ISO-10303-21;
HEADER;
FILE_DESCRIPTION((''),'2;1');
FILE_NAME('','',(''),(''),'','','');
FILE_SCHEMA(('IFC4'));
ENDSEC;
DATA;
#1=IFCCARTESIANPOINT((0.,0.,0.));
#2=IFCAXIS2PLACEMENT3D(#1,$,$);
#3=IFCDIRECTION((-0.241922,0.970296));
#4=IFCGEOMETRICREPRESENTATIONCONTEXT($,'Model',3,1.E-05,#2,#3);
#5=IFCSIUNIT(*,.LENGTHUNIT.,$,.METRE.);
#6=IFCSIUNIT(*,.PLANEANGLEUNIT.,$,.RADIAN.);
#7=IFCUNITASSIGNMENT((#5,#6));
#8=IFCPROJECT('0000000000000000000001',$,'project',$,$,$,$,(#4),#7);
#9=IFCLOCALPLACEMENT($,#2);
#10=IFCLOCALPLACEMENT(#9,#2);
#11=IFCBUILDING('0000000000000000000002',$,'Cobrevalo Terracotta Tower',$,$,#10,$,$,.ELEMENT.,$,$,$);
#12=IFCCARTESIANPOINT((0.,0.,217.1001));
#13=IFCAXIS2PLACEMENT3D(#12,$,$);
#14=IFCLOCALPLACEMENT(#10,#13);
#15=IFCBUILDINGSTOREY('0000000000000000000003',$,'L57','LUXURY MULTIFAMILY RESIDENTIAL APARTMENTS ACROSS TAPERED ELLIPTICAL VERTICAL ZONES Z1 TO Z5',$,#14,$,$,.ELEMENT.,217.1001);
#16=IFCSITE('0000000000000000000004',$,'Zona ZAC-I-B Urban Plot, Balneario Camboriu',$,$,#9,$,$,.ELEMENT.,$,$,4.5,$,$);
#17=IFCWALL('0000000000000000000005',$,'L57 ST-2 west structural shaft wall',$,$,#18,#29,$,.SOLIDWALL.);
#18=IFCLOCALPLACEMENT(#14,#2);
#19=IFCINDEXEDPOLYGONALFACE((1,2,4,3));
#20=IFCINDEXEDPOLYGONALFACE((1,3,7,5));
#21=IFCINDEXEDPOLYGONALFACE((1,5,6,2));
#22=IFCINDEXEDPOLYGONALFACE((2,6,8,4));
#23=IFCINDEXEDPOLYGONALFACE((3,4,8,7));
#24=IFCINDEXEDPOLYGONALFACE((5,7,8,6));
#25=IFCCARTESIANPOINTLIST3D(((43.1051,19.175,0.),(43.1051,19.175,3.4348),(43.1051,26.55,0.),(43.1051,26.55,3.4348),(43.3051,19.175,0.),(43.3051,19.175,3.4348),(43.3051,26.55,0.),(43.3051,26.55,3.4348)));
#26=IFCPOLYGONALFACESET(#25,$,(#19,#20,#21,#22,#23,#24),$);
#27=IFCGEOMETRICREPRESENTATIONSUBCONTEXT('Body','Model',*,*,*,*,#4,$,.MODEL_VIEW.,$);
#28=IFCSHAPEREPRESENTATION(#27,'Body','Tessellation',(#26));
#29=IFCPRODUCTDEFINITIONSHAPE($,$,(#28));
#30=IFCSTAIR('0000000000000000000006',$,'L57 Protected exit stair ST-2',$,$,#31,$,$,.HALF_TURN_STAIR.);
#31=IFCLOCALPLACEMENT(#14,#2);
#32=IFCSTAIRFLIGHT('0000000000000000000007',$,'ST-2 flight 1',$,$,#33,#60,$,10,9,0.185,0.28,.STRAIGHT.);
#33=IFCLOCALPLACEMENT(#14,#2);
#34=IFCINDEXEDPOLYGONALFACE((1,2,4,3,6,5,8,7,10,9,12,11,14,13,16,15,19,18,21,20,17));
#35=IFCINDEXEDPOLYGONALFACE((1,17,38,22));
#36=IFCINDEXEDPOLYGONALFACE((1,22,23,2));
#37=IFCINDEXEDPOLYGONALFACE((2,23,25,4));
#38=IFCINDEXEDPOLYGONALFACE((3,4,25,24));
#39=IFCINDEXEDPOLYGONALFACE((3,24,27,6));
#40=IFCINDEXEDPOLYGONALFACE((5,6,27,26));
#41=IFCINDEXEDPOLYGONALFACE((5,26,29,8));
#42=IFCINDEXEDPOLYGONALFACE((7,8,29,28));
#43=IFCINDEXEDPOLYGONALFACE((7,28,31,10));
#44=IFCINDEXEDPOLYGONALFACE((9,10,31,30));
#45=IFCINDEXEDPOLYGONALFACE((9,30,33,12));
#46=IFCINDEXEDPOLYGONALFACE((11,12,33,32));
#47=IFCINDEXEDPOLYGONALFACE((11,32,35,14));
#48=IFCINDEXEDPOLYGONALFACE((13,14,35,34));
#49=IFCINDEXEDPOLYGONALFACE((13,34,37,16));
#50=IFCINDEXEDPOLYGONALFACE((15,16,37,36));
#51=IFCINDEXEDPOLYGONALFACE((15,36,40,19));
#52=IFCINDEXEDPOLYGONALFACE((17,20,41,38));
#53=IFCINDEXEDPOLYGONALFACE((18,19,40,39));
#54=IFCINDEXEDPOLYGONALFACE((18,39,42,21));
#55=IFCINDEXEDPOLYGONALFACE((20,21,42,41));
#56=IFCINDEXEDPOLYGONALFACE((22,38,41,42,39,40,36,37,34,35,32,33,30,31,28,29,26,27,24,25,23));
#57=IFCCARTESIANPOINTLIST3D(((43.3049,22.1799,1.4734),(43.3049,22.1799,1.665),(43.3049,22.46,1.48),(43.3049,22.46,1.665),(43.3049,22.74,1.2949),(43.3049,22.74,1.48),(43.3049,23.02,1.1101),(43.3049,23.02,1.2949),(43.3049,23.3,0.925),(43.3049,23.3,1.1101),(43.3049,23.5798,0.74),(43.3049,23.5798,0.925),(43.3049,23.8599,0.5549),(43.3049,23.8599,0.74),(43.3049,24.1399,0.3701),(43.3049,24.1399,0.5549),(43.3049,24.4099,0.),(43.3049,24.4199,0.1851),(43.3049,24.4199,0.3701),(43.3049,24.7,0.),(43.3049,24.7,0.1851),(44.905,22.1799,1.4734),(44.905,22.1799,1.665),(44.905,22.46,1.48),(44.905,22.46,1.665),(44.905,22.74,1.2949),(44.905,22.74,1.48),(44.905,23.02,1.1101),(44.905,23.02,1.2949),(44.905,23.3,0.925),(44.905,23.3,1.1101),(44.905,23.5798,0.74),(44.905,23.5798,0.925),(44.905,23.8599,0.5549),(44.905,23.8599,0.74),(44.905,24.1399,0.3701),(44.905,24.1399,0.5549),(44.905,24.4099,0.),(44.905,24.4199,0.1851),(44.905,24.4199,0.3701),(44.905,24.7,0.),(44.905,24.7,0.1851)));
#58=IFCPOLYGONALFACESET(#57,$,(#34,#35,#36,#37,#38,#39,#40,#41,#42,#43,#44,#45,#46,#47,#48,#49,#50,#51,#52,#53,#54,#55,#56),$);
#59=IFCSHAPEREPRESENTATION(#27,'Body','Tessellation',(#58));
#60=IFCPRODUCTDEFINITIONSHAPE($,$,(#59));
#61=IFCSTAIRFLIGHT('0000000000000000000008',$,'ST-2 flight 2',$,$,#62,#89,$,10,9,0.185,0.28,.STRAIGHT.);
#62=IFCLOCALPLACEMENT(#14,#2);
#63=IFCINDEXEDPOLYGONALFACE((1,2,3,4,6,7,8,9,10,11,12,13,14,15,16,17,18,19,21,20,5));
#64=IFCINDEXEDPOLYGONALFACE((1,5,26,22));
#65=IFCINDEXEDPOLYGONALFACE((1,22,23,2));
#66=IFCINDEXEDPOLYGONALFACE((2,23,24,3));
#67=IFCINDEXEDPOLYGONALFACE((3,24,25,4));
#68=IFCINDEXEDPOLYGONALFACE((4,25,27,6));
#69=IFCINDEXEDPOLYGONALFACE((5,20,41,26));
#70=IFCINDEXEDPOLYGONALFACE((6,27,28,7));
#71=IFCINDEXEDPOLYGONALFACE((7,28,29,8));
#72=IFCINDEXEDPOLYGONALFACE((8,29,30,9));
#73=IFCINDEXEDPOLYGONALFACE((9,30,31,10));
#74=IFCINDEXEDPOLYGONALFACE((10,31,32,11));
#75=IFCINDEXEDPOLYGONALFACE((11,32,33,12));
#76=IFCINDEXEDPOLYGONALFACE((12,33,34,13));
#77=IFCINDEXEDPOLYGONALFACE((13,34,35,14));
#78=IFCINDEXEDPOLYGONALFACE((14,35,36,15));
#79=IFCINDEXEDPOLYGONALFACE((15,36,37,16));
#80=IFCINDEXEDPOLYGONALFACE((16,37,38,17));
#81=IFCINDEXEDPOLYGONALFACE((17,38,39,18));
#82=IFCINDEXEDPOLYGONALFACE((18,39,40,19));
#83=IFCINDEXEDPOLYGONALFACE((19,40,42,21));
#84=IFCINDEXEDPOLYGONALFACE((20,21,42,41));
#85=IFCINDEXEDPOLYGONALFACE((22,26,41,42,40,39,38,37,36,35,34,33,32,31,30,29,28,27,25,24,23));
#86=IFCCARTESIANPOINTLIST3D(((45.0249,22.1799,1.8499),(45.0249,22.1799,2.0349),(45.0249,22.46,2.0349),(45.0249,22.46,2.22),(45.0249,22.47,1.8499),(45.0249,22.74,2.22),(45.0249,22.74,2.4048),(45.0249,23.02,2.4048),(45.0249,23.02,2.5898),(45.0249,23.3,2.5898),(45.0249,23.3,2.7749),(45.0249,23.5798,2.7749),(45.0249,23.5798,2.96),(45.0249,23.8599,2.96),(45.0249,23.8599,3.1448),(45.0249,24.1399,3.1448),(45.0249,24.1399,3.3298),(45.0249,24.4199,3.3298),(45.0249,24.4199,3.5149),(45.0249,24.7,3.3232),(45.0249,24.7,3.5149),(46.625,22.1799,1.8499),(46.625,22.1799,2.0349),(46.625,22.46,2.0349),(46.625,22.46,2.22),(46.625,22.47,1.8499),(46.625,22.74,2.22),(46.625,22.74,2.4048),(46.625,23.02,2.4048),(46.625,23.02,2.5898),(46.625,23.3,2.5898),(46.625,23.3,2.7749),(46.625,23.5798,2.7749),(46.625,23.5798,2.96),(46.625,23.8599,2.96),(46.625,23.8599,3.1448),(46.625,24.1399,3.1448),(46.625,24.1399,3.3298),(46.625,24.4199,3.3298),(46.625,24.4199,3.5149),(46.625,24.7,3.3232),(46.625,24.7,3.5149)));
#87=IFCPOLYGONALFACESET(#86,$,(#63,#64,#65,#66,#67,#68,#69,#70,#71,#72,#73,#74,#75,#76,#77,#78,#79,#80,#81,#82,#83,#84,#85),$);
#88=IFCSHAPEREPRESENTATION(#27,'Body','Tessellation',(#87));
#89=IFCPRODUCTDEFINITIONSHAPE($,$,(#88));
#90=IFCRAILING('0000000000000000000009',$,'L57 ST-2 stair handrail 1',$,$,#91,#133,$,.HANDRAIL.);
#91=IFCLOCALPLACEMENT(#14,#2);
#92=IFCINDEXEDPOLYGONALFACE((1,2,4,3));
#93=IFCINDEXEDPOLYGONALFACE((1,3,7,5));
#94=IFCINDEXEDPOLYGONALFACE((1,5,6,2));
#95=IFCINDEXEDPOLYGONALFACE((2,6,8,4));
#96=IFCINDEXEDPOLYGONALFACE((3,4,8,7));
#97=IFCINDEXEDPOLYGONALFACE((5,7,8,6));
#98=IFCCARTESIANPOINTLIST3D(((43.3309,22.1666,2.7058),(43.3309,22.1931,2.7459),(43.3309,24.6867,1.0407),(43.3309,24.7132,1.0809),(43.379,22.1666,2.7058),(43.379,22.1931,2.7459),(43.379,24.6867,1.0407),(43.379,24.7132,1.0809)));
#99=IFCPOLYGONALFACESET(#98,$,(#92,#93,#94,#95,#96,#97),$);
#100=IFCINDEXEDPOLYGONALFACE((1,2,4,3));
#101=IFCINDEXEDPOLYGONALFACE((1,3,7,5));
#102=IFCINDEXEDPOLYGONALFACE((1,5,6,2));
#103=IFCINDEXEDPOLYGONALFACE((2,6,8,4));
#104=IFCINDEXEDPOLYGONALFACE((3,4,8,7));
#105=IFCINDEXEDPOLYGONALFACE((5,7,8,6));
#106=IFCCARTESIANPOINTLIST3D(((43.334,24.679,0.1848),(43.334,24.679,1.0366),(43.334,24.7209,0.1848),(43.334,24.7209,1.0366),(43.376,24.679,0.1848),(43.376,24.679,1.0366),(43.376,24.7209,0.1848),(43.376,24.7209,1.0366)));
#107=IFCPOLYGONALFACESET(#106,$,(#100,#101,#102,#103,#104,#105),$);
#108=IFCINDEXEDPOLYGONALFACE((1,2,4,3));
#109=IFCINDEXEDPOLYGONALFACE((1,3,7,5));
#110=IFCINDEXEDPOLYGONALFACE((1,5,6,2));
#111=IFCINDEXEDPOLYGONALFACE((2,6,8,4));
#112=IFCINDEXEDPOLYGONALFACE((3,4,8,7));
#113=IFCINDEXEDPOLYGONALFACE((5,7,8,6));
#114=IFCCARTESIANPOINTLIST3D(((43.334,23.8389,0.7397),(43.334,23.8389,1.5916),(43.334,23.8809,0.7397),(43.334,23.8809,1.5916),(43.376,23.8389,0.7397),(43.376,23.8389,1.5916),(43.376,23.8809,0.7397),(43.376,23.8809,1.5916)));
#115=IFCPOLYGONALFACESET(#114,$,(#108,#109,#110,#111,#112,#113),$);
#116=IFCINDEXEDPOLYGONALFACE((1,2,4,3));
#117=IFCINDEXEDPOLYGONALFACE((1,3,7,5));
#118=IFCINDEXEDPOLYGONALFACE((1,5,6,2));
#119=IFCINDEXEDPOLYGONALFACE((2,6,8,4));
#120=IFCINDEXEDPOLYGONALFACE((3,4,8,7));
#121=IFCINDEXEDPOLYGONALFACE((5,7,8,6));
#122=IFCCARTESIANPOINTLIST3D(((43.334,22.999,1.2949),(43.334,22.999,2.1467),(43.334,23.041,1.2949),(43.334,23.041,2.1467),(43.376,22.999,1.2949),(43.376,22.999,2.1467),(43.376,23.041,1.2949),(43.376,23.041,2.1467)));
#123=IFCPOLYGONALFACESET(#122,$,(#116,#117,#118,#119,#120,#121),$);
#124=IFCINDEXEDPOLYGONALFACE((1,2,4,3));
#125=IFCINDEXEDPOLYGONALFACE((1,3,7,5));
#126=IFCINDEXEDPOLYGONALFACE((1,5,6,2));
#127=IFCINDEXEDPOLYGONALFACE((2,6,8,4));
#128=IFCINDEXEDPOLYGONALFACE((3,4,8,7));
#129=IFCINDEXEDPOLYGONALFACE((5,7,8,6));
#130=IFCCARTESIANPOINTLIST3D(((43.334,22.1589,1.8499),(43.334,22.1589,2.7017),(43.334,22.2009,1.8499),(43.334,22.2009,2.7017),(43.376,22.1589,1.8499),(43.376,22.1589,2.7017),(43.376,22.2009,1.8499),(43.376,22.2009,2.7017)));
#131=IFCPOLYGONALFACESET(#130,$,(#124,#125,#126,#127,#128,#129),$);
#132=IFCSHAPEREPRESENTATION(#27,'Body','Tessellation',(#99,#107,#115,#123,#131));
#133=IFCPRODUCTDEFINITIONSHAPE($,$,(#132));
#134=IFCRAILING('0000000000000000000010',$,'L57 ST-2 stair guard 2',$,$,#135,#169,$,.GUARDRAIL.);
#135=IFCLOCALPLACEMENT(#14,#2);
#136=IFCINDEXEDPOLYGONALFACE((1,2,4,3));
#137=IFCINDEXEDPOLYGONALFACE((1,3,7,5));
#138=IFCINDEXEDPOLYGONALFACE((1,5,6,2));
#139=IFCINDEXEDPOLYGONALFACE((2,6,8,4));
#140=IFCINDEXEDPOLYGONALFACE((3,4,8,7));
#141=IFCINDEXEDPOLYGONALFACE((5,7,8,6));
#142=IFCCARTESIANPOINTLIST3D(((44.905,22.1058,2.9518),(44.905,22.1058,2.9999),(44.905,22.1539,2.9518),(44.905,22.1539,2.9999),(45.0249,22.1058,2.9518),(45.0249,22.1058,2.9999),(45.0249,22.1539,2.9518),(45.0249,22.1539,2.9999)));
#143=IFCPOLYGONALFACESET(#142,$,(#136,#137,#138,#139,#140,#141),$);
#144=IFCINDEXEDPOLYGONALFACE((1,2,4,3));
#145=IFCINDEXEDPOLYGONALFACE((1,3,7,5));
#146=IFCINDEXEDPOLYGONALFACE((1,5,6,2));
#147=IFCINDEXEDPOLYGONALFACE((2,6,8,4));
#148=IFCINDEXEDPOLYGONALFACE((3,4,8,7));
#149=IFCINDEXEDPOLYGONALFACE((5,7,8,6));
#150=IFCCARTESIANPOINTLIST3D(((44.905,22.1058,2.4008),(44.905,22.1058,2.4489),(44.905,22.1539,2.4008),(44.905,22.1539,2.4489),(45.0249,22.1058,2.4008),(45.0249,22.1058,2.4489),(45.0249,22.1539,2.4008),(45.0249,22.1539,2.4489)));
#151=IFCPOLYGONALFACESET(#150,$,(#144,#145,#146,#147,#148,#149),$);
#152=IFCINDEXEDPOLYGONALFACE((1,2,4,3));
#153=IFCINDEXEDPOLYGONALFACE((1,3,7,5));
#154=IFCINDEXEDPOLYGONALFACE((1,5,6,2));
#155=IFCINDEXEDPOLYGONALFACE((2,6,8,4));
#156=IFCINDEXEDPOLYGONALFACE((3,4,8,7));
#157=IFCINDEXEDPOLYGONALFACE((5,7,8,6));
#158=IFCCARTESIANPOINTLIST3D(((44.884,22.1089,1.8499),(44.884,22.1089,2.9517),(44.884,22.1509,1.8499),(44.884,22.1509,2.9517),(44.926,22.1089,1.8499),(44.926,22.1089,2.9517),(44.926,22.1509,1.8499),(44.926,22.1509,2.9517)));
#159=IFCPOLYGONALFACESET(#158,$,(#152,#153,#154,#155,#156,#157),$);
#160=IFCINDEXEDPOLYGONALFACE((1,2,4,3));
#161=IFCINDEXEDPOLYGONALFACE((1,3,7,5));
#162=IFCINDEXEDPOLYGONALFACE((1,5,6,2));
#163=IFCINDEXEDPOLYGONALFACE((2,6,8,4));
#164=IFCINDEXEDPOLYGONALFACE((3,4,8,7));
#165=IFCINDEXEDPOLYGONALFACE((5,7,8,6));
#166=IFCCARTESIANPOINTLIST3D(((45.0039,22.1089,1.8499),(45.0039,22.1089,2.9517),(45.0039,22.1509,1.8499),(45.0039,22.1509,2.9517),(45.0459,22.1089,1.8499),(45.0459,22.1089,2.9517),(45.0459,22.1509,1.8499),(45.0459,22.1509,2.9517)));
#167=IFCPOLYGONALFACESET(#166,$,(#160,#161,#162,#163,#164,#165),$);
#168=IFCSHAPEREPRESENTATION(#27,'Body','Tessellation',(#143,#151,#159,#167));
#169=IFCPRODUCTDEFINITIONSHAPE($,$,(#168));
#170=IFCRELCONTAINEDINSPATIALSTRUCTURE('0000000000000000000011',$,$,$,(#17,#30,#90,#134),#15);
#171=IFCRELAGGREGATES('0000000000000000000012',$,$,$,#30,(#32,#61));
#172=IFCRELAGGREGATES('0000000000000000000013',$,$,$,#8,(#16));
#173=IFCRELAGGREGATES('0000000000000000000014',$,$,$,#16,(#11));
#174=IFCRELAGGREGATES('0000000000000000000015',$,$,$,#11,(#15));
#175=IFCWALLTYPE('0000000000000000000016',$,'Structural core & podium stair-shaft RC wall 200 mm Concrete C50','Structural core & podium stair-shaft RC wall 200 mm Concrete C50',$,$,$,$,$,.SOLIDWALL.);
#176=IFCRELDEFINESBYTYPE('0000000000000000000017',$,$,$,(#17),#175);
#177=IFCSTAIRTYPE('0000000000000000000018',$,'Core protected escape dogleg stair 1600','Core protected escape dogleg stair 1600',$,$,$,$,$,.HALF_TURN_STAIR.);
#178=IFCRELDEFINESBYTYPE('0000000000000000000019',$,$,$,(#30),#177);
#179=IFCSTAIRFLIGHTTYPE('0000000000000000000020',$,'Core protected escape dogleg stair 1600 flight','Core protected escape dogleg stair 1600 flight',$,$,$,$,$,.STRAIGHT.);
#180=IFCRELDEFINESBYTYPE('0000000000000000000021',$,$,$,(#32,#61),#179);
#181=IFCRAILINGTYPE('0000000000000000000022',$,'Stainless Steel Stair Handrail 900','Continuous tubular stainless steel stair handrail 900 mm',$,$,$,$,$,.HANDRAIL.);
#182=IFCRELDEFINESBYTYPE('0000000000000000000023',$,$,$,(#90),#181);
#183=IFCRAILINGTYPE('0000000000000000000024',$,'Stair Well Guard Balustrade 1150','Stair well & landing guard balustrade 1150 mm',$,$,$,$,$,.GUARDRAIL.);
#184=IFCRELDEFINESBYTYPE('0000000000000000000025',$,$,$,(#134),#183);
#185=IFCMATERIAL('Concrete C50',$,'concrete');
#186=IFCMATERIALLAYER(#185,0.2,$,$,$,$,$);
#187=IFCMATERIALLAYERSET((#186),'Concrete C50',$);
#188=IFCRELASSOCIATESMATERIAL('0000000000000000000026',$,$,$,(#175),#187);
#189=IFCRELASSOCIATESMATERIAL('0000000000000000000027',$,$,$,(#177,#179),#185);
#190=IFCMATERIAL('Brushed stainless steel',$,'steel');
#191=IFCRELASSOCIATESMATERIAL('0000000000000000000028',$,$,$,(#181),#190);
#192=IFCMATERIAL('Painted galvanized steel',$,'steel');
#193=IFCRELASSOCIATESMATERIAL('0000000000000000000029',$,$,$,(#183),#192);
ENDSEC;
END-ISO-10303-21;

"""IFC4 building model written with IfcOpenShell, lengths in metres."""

from ifc_helpers import new_model, si_unit, direction, frame, frame_2d, origin, origin_2d, place, context, subcontext, project, spatial, polyline, rectangle, outline, extrude, material, layer, layer_set, type_object, element, aggregate, save


model = new_model("IFC4")

# Units and contexts
model_context = context("Model", 3, precision=1e-05, world=origin(), true_north=direction((-0.241922, 0.970296)))
body_context = subcontext(model_context, "Body", "Model", "MODEL_VIEW")
ifc_project = project(units=[si_unit("LENGTHUNIT", "METRE"), si_unit("PLANEANGLEUNIT", "RADIAN")], contexts=[model_context])

# Site, building, storey
site_placement = place(None, origin())
site = spatial("IfcSite", under=ifc_project, at=site_placement, Name="Zona ZAC-I-B Urban Plot, Balneario Camboriu", CompositionType="ELEMENT", RefElevation=4.5)
building_placement = place(site_placement, origin())
building = spatial("IfcBuilding", under=site, at=building_placement, Name="Cobrevalo Terracotta Tower", CompositionType="ELEMENT")
storey_placement = place(building_placement, frame((0.0, 0.0, 217.1001)))
storey = spatial("IfcBuildingStorey", under=building, at=storey_placement, Name="L57", Description="LUXURY MULTIFAMILY RESIDENTIAL APARTMENTS ACROSS TAPERED ELLIPTICAL VERTICAL ZONES Z1 TO Z5", CompositionType="ELEMENT", Elevation=217.1001)

# Shared definitions
ifc_material_1 = material(Name="Concrete C50", Category="concrete")

# Wall
ifc_layer_1 = layer(ifc_material_1, 0.2)
ifc_layer_set_1 = layer_set([ifc_layer_1], Name="Concrete C50")
wall_type_1 = type_object("IfcWallType", Name="Structural core & podium stair-shaft RC wall 200 mm Concrete C50", Description="Structural core & podium stair-shaft RC wall 200 mm Concrete C50", PredefinedType="SOLIDWALL", material=ifc_layer_set_1)
wall_1_placement = place(storey_placement, frame((43.2051, 19.175, 0.0), z_axis=(0.0, 0.0, 1.0), x_axis=(0.0, 1.0, 0.0)))
element("IfcWall", 1, at=wall_1_placement, inside=storey, type_object=wall_type_1, Name="L57 ST-2 west structural shaft wall", PredefinedType="SOLIDWALL", context=body_context, shape_type="SweptSolid", body=[
    extrude(rectangle(XDim=7.375, YDim=0.2, at=frame_2d((3.6875, 0.0))), origin(), (0.0, 0.0, 1.0), 3.4348),
])

# Stair, stair flights
stair_type = type_object("IfcStairType", Name="Core protected escape dogleg stair 1600", Description="Core protected escape dogleg stair 1600", PredefinedType="HALF_TURN_STAIR", material=ifc_material_1)
stair_placement = place(storey_placement, origin())
stair = element("IfcStair", 2, at=stair_placement, inside=storey, type_object=stair_type, Name="L57 Protected exit stair ST-2", PredefinedType="HALF_TURN_STAIR")
stair_flight_type = type_object("IfcStairFlightType", Name="Core protected escape dogleg stair 1600 flight", Description="Core protected escape dogleg stair 1600 flight", PredefinedType="STRAIGHT", material=ifc_material_1)
stair_flight_1_placement = place(storey_placement, frame((44.105, 24.7, 0.0), z_axis=(0.0, 0.0, 1.0), x_axis=(0.0, -1.0, 0.0)))
stair_flight_1 = element("IfcStairFlight", 3, at=stair_flight_1_placement, type_object=stair_flight_type, Name="ST-2 flight 1", NumberOfRisers=10, NumberOfTreads=9, PredefinedType="STRAIGHT", RiserHeight=0.185, TreadLength=0.28, context=body_context, shape_type="SweptSolid", body=[
    extrude(outline(polyline([(0.0, 0.0), (0.0, 0.1851), (0.28, 0.1851), (0.28, 0.3701), (0.5601, 0.3701), (0.5601, 0.5549), (0.8401, 0.5549), (0.8401, 0.74), (1.1201, 0.74), (1.1201, 0.925), (1.3999, 0.925), (1.3999, 1.1101), (1.6799, 1.1101), (1.6799, 1.2949), (1.96, 1.2949), (1.96, 1.48), (2.24, 1.48), (2.24, 1.665), (2.52, 1.665), (2.52, 1.8501), (2.52, 1.4734), (0.29, 0.0), (0.0, 0.0)])), frame((0.0, 0.8, 0.0), z_axis=(0.0, -1.0, 0.0), x_axis=(1.0, 0.0, 0.0)), (0.0, 0.0, 1.0), 1.6001),
])
stair_flight_2_placement = place(storey_placement, frame((45.825, 22.1799, 1.8499), z_axis=(0.0, 0.0, 1.0), x_axis=(0.0, 1.0, 0.0)))
stair_flight_2 = element("IfcStairFlight", 4, at=stair_flight_2_placement, type_object=stair_flight_type, Name="ST-2 flight 2", NumberOfRisers=10, NumberOfTreads=9, PredefinedType="STRAIGHT", RiserHeight=0.185, TreadLength=0.28, context=body_context, shape_type="SweptSolid", body=[
    extrude(outline(polyline([(0.0, 0.0), (0.0, 0.1851), (0.28, 0.1851), (0.28, 0.3701), (0.5601, 0.3701), (0.5601, 0.5549), (0.8401, 0.5549), (0.8401, 0.74), (1.1201, 0.74), (1.1201, 0.925), (1.3999, 0.925), (1.3999, 1.1101), (1.6799, 1.1101), (1.6799, 1.2949), (1.96, 1.2949), (1.96, 1.48), (2.24, 1.48), (2.24, 1.665), (2.52, 1.665), (2.52, 1.8501), (2.52, 1.4734), (0.29, 0.0), (0.0, 0.0)])), frame((0.0, 0.8, 0.0), z_axis=(0.0, -1.0, 0.0), x_axis=(1.0, 0.0, 0.0)), (0.0, 0.0, 1.0), 1.6001),
])
aggregate(stair, [stair_flight_1, stair_flight_2])

# Railings
ifc_material_2 = material(Name="Brushed stainless steel", Category="steel")
railing_type_1 = type_object("IfcRailingType", Name="Stainless Steel Stair Handrail 900", Description="Continuous tubular stainless steel stair handrail 900 mm", PredefinedType="HANDRAIL", material=ifc_material_2)
railing_1_placement = place(storey_placement, frame((43.355, 24.7, 0.1848)))
element("IfcRailing", 5, at=railing_1_placement, inside=storey, type_object=railing_type_1, Name="L57 ST-2 stair handrail 1", PredefinedType="HANDRAIL", context=body_context, shape_type="SweptSolid", body=[
    extrude(rectangle(XDim=0.0481, YDim=0.0481, at=origin_2d()), frame((0.0, 0.0, 0.876), z_axis=(0.0, -0.834331, 0.551263), x_axis=(1.0, 0.0, 0.0)), (0.0, 0.0, 1.0), 3.0205),
    extrude(rectangle(XDim=0.042, YDim=0.042, at=origin_2d()), origin(), (0.0, 0.0, 1.0), 0.8518),
    extrude(rectangle(XDim=0.042, YDim=0.042, at=origin_2d()), frame((0.0, -0.8401, 0.5549)), (0.0, 0.0, 1.0), 0.8518),
    extrude(rectangle(XDim=0.042, YDim=0.042, at=origin_2d()), frame((0.0, -1.6799, 1.1101)), (0.0, 0.0, 1.0), 0.8518),
    extrude(rectangle(XDim=0.042, YDim=0.042, at=origin_2d()), frame((0.0, -2.52, 1.665)), (0.0, 0.0, 1.0), 0.8518),
])
ifc_material_3 = material(Name="Painted galvanized steel", Category="steel")
railing_type_2 = type_object("IfcRailingType", Name="Stair Well Guard Balustrade 1150", Description="Stair well & landing guard balustrade 1150 mm", PredefinedType="GUARDRAIL", material=ifc_material_3)
railing_2_placement = place(storey_placement, frame((44.905, 22.1299, 1.8499)))
element("IfcRailing", 6, at=railing_2_placement, inside=storey, type_object=railing_type_2, Name="L57 ST-2 stair guard 2", PredefinedType="GUARDRAIL", context=body_context, shape_type="SweptSolid", body=[
    extrude(rectangle(XDim=0.0481, YDim=0.0481, at=origin_2d()), frame((0.0, 0.0, 1.126), z_axis=(1.0, 0.0, 0.0), x_axis=(0.0, 1.0, 0.0)), (0.0, 0.0, 1.0), 0.1199),
    extrude(rectangle(XDim=0.0481, YDim=0.0481, at=origin_2d()), frame((0.0, 0.0, 0.575), z_axis=(1.0, 0.0, 0.0), x_axis=(0.0, 1.0, 0.0)), (0.0, 0.0, 1.0), 0.1199),
    extrude(rectangle(XDim=0.042, YDim=0.042, at=origin_2d()), origin(), (0.0, 0.0, 1.0), 1.1018),
    extrude(rectangle(XDim=0.042, YDim=0.042, at=origin_2d()), frame((0.1199, 0.0, 0.0)), (0.0, 0.0, 1.0), 1.1018),
])

save(model, "model.ifc")
